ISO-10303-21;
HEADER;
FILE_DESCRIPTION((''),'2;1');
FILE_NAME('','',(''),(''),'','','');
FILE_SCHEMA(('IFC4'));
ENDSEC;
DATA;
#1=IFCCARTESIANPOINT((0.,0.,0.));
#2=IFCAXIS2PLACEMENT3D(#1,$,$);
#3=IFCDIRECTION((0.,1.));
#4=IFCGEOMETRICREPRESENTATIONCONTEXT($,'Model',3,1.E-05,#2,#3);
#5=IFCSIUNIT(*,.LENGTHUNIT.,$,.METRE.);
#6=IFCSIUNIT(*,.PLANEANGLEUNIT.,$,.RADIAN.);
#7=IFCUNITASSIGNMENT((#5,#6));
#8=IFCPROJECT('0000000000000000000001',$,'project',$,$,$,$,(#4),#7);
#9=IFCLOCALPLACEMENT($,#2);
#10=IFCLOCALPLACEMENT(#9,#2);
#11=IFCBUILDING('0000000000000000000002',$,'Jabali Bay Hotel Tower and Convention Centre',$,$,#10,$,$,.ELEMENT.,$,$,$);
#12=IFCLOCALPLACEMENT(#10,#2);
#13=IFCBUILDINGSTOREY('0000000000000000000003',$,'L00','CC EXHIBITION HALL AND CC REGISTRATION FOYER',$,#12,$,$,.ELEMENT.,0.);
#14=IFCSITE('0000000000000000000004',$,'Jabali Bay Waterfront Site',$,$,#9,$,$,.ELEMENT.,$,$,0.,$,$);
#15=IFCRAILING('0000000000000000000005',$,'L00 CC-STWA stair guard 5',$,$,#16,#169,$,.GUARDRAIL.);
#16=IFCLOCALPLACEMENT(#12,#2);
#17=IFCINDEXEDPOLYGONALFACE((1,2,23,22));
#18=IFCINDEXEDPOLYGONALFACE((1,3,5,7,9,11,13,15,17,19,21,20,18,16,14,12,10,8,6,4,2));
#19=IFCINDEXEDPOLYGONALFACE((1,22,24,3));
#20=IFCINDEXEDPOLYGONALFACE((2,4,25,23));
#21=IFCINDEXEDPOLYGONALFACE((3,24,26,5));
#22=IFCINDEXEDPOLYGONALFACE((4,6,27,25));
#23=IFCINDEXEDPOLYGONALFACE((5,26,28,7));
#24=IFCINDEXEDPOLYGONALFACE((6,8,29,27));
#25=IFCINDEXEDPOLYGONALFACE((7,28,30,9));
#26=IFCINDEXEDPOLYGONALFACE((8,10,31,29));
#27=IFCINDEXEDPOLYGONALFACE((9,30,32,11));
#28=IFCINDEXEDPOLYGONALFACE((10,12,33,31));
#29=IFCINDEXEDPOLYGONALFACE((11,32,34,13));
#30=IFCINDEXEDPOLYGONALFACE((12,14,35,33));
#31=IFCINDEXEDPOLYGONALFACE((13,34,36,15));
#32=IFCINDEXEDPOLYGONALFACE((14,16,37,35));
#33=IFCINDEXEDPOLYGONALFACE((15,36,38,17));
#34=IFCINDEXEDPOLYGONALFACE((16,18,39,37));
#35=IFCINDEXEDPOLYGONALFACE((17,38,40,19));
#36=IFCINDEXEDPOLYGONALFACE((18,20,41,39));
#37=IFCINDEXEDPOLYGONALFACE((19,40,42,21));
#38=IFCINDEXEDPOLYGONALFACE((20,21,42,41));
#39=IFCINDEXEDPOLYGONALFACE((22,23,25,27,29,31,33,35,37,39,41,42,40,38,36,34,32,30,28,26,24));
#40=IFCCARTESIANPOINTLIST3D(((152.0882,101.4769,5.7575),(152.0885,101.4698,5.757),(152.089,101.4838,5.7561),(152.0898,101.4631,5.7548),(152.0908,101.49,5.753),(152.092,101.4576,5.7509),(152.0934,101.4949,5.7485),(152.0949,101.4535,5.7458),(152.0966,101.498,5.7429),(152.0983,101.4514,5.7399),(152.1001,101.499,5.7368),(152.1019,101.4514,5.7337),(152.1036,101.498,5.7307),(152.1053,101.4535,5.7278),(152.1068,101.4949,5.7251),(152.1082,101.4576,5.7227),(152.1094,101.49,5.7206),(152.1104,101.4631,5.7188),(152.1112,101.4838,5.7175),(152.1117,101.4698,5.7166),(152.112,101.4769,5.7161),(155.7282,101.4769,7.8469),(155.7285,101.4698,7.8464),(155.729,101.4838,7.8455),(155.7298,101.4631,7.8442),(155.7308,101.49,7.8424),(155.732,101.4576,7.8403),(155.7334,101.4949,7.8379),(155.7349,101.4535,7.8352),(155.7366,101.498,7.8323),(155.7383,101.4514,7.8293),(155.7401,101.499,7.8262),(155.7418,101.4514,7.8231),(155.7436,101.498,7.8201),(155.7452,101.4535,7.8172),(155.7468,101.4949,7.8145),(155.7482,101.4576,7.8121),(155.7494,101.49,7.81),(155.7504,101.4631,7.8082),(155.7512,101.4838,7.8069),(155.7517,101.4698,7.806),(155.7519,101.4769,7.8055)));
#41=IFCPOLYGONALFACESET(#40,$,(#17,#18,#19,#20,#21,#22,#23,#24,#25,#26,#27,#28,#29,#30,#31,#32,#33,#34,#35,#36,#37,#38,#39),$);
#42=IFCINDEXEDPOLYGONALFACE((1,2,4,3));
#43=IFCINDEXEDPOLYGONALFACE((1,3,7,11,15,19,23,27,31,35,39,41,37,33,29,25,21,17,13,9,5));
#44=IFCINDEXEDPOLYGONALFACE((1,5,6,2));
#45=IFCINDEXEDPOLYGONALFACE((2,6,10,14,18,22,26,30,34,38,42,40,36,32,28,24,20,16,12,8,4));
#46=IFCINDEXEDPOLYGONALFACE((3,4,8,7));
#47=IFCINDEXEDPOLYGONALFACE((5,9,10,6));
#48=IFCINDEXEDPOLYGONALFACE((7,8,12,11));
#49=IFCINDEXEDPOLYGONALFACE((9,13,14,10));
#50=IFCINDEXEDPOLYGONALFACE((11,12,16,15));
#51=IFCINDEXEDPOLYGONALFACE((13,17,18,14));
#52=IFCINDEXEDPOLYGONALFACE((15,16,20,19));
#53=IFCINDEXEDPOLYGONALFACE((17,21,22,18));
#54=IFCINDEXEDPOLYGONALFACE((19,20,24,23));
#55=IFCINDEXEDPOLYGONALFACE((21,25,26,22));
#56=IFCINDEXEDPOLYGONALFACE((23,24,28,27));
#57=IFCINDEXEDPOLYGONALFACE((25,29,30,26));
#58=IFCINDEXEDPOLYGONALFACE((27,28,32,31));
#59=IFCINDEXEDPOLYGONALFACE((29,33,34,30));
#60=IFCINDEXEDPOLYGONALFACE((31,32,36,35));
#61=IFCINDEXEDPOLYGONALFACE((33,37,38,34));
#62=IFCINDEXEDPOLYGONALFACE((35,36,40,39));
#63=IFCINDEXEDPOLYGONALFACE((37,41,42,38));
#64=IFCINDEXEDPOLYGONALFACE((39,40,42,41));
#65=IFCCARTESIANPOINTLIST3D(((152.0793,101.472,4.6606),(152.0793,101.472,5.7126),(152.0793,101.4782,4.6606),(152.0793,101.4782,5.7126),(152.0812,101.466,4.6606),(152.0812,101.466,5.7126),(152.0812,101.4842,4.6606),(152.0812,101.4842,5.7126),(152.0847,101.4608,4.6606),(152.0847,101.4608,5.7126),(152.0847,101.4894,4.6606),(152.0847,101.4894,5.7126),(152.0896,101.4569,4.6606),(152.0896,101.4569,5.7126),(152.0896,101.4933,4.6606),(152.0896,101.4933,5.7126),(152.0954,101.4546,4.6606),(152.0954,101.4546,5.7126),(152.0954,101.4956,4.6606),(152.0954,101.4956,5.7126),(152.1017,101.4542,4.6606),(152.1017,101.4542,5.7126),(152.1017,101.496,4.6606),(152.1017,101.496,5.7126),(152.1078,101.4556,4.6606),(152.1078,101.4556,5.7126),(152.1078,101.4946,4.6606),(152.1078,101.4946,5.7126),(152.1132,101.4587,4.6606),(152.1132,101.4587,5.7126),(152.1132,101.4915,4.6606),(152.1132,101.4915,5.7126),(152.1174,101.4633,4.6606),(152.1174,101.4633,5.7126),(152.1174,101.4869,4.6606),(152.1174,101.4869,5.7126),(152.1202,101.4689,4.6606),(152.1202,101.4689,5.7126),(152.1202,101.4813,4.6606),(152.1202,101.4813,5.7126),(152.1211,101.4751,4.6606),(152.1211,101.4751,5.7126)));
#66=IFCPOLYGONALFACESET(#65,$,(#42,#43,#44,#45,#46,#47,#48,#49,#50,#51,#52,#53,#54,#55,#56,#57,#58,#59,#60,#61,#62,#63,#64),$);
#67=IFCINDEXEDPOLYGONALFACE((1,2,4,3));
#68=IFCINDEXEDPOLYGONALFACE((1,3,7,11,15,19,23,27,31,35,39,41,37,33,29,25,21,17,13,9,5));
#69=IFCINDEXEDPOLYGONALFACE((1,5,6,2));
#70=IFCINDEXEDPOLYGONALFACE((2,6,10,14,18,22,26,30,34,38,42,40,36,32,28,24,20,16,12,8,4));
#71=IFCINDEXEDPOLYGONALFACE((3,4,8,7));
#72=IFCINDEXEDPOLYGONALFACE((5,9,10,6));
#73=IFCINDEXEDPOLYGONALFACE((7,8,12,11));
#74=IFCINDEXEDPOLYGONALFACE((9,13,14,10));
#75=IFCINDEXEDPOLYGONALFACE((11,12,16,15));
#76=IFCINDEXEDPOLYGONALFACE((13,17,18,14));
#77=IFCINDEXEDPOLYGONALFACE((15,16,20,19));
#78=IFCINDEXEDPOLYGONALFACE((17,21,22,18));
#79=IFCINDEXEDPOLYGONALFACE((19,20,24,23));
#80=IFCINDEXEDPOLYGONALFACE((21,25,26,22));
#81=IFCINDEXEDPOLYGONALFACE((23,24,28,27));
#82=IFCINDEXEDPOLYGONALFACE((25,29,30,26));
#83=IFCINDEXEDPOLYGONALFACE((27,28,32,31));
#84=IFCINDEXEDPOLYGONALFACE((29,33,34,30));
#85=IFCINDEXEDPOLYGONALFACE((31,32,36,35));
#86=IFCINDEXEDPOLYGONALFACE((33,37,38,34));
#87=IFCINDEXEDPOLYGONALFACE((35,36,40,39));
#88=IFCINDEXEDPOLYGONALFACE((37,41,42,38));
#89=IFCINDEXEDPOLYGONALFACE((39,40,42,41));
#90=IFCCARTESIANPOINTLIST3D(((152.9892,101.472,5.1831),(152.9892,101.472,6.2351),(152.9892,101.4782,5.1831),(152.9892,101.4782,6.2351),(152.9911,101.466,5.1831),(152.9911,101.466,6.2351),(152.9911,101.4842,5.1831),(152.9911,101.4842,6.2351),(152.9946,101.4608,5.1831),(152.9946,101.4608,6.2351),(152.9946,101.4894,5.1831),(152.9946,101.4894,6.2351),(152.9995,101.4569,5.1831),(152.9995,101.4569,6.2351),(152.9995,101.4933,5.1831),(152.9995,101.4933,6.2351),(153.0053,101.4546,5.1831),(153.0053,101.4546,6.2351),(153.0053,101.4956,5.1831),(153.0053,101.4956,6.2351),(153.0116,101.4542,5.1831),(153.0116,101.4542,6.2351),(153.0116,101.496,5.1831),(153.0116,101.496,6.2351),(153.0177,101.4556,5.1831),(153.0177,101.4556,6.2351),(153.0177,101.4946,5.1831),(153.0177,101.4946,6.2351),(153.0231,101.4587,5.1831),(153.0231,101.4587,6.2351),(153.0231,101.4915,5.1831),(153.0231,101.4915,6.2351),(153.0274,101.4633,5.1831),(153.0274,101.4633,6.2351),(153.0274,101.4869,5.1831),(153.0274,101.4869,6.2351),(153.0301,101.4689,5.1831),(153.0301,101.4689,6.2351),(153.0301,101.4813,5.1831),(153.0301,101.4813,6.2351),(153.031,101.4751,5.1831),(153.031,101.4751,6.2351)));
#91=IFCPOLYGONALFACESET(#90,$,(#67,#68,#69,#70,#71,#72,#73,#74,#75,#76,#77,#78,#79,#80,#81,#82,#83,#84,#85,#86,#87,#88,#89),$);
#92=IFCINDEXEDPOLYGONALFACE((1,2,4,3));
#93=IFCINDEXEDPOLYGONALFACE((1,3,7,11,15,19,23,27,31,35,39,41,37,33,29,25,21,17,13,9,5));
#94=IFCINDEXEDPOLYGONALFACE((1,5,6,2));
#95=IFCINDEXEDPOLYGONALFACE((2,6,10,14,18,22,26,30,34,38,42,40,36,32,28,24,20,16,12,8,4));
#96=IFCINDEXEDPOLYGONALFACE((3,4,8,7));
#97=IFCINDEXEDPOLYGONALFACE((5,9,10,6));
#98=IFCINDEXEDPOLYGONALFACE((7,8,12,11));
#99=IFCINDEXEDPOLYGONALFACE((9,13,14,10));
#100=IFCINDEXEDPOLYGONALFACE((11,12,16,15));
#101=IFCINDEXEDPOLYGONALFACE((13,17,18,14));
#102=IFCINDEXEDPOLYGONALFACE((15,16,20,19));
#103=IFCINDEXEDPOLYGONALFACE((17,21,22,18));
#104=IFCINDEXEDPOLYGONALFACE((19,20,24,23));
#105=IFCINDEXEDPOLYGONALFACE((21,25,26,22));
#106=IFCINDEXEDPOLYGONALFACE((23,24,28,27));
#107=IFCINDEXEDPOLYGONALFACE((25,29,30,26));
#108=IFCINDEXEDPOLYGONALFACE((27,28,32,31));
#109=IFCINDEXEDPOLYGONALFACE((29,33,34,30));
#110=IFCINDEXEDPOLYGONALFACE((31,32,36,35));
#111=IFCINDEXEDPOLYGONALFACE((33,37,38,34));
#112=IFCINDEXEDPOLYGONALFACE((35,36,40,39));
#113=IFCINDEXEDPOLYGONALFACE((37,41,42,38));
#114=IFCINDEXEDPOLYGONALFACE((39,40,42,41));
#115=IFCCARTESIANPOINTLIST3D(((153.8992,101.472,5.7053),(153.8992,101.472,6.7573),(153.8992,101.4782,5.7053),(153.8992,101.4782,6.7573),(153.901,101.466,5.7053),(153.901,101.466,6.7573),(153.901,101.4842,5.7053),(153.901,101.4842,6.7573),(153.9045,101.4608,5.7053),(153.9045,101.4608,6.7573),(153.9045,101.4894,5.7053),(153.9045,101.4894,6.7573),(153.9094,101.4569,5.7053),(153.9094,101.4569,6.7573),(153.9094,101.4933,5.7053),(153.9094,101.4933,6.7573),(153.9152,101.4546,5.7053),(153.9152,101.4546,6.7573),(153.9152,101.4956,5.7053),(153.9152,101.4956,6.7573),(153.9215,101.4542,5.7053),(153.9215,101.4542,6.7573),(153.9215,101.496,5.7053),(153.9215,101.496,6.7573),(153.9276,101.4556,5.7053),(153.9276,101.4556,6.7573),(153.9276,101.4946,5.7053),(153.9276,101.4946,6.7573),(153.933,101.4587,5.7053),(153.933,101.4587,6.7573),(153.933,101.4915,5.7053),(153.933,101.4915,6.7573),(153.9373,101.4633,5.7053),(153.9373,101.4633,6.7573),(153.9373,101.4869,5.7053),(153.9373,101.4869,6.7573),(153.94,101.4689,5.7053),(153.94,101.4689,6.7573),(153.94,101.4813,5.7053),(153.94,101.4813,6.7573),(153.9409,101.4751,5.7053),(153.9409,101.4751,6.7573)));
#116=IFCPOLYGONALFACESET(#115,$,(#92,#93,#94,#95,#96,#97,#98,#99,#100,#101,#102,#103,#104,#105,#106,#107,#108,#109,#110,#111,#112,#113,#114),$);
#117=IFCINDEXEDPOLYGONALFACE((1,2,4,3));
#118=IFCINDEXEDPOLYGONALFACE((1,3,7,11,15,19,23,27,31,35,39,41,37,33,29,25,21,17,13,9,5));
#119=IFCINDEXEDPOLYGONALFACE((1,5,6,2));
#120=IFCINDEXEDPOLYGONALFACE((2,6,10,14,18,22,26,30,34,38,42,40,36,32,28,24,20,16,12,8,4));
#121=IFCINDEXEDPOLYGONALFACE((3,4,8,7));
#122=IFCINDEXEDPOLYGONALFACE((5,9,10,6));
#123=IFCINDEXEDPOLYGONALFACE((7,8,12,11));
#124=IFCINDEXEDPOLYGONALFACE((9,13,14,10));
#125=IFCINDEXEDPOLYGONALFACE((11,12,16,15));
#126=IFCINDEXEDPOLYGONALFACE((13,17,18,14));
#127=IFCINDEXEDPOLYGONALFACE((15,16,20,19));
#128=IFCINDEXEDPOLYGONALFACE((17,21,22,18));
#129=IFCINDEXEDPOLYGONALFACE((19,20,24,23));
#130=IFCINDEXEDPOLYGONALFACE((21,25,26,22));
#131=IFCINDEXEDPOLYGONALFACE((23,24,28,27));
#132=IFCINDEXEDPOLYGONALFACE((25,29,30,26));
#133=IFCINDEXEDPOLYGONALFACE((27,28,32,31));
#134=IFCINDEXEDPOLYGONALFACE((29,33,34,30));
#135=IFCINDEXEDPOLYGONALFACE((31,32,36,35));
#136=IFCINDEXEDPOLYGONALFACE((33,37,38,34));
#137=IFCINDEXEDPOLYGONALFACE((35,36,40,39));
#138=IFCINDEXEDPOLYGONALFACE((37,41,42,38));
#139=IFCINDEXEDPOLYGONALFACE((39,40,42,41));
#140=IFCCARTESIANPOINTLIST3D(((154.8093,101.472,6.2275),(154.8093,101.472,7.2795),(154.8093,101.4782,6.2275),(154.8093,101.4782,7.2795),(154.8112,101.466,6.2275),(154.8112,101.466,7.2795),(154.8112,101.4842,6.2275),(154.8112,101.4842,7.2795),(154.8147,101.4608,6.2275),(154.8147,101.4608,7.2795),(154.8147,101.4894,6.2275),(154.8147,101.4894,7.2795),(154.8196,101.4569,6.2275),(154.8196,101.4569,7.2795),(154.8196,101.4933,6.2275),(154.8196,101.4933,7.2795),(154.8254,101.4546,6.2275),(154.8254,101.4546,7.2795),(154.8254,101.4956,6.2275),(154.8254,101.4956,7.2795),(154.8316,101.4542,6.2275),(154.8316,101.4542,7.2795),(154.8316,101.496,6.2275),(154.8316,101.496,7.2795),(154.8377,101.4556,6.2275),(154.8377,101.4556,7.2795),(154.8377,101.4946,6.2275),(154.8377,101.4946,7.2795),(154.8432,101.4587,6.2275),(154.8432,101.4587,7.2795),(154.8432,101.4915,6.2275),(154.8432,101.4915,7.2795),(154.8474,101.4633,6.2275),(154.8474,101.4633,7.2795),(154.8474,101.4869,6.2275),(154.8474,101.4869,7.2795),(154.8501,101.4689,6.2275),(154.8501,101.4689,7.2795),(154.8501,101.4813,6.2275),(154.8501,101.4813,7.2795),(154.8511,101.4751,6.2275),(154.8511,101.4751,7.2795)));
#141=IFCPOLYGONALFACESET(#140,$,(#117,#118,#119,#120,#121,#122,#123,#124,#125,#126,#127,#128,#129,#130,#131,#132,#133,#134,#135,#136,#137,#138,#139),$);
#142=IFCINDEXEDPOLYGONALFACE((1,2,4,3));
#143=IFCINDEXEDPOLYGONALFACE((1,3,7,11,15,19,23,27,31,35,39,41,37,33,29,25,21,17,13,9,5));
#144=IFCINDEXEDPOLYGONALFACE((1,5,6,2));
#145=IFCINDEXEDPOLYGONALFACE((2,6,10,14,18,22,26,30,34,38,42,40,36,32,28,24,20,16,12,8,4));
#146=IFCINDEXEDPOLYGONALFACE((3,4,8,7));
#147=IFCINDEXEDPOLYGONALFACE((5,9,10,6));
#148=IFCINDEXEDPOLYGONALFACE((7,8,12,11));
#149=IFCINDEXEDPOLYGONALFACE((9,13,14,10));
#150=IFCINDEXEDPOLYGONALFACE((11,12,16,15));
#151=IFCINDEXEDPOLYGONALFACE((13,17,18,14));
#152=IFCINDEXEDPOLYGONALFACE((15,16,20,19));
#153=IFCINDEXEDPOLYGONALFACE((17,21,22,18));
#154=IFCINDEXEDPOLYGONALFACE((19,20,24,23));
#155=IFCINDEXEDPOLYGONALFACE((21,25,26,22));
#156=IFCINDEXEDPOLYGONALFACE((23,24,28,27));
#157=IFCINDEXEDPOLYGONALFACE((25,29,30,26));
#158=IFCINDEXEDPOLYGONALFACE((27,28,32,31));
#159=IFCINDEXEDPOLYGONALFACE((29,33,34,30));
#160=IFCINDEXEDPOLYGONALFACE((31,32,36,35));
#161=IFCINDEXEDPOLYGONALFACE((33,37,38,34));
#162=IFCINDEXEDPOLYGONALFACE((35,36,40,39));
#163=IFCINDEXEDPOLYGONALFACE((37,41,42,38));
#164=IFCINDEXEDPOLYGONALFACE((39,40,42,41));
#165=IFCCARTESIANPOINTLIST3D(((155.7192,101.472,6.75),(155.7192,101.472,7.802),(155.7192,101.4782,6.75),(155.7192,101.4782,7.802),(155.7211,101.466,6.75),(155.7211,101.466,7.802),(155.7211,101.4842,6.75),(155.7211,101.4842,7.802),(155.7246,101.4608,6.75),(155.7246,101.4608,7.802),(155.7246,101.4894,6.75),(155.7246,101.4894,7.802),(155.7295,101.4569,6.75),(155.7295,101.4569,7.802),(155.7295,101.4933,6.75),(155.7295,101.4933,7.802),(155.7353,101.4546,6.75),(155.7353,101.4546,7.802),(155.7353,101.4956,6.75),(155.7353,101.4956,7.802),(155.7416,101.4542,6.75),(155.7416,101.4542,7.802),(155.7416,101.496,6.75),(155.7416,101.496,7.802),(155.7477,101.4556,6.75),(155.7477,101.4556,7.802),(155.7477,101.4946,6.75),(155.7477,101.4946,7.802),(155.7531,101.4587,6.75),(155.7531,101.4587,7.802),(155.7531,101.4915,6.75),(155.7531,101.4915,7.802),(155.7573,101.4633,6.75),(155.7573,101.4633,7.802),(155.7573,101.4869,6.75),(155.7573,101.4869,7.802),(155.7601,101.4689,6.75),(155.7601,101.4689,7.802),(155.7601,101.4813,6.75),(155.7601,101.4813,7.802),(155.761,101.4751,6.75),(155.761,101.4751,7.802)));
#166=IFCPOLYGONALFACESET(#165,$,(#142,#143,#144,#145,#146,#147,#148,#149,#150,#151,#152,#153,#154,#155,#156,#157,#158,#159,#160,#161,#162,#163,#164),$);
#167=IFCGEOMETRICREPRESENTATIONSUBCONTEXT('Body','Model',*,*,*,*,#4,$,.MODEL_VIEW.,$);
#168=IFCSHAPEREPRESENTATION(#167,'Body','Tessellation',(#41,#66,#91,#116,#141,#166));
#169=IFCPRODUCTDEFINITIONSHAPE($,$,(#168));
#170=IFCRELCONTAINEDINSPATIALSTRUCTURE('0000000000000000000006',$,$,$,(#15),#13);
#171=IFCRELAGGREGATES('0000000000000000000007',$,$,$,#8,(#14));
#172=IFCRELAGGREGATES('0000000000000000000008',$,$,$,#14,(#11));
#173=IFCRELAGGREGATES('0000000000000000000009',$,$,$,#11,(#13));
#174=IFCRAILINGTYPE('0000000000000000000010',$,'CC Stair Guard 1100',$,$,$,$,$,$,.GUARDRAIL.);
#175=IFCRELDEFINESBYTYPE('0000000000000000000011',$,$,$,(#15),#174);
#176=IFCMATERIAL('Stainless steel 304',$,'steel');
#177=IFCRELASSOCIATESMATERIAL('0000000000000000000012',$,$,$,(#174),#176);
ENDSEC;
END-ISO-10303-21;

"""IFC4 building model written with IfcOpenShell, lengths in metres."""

from ifc_helpers import new_model, si_unit, direction, frame, origin, origin_2d, place, context, subcontext, project, spatial, circle, extrude, material, type_object, element, save


model = new_model("IFC4")

# Units and contexts
model_context = context("Model", 3, precision=1e-05, world=origin(), true_north=direction((0.0, 1.0)))
body_context = subcontext(model_context, "Body", "Model", "MODEL_VIEW")
ifc_project = project(units=[si_unit("LENGTHUNIT", "METRE"), si_unit("PLANEANGLEUNIT", "RADIAN")], contexts=[model_context])

# Site, building, storey
site_placement = place(None, origin())
site = spatial("IfcSite", under=ifc_project, at=site_placement, Name="Jabali Bay Waterfront Site", CompositionType="ELEMENT", RefElevation=0.0)
building_placement = place(site_placement, origin())
building = spatial("IfcBuilding", under=site, at=building_placement, Name="Jabali Bay Hotel Tower and Convention Centre", CompositionType="ELEMENT")
storey_placement = place(building_placement, origin())
storey = spatial("IfcBuildingStorey", under=building, at=storey_placement, Name="L00", Description="CC EXHIBITION HALL AND CC REGISTRATION FOYER", CompositionType="ELEMENT", Elevation=0.0)

# Railing
ifc_material_1 = material(Name="Stainless steel 304", Category="steel")
railing_type_1 = type_object("IfcRailingType", Name="CC Stair Guard 1100", PredefinedType="GUARDRAIL", material=ifc_material_1)
railing_1_placement = place(storey_placement, frame((152.1001, 101.4751, 4.6606)))
element("IfcRailing", 1, at=railing_1_placement, inside=storey, type_object=railing_type_1, Name="L00 CC-STWA stair guard 5", PredefinedType="GUARDRAIL", context=body_context, shape_type="SweptSolid", body=[
    extrude(circle(Radius=0.0239, at=origin_2d()), frame((0.0, 0.0, 1.0762), z_axis=(0.867275, 0.0, 0.497829), x_axis=(0.0, 1.0, 0.0)), (0.0, 0.0, 1.0), 4.197),
    extrude(circle(Radius=0.021, at=origin_2d()), origin(), (0.0, 0.0, 1.0), 1.052),
    extrude(circle(Radius=0.021, at=origin_2d()), frame((0.9099, 0.0, 0.5225)), (0.0, 0.0, 1.0), 1.052),
    extrude(circle(Radius=0.021, at=origin_2d()), frame((1.8198, 0.0, 1.0447)), (0.0, 0.0, 1.0), 1.052),
    extrude(circle(Radius=0.021, at=origin_2d()), frame((2.73, 0.0, 1.5669)), (0.0, 0.0, 1.0), 1.052),
    extrude(circle(Radius=0.021, at=origin_2d()), frame((3.6399, 0.0, 2.0894)), (0.0, 0.0, 1.0), 1.052),
])

save(model, "model.ifc")
